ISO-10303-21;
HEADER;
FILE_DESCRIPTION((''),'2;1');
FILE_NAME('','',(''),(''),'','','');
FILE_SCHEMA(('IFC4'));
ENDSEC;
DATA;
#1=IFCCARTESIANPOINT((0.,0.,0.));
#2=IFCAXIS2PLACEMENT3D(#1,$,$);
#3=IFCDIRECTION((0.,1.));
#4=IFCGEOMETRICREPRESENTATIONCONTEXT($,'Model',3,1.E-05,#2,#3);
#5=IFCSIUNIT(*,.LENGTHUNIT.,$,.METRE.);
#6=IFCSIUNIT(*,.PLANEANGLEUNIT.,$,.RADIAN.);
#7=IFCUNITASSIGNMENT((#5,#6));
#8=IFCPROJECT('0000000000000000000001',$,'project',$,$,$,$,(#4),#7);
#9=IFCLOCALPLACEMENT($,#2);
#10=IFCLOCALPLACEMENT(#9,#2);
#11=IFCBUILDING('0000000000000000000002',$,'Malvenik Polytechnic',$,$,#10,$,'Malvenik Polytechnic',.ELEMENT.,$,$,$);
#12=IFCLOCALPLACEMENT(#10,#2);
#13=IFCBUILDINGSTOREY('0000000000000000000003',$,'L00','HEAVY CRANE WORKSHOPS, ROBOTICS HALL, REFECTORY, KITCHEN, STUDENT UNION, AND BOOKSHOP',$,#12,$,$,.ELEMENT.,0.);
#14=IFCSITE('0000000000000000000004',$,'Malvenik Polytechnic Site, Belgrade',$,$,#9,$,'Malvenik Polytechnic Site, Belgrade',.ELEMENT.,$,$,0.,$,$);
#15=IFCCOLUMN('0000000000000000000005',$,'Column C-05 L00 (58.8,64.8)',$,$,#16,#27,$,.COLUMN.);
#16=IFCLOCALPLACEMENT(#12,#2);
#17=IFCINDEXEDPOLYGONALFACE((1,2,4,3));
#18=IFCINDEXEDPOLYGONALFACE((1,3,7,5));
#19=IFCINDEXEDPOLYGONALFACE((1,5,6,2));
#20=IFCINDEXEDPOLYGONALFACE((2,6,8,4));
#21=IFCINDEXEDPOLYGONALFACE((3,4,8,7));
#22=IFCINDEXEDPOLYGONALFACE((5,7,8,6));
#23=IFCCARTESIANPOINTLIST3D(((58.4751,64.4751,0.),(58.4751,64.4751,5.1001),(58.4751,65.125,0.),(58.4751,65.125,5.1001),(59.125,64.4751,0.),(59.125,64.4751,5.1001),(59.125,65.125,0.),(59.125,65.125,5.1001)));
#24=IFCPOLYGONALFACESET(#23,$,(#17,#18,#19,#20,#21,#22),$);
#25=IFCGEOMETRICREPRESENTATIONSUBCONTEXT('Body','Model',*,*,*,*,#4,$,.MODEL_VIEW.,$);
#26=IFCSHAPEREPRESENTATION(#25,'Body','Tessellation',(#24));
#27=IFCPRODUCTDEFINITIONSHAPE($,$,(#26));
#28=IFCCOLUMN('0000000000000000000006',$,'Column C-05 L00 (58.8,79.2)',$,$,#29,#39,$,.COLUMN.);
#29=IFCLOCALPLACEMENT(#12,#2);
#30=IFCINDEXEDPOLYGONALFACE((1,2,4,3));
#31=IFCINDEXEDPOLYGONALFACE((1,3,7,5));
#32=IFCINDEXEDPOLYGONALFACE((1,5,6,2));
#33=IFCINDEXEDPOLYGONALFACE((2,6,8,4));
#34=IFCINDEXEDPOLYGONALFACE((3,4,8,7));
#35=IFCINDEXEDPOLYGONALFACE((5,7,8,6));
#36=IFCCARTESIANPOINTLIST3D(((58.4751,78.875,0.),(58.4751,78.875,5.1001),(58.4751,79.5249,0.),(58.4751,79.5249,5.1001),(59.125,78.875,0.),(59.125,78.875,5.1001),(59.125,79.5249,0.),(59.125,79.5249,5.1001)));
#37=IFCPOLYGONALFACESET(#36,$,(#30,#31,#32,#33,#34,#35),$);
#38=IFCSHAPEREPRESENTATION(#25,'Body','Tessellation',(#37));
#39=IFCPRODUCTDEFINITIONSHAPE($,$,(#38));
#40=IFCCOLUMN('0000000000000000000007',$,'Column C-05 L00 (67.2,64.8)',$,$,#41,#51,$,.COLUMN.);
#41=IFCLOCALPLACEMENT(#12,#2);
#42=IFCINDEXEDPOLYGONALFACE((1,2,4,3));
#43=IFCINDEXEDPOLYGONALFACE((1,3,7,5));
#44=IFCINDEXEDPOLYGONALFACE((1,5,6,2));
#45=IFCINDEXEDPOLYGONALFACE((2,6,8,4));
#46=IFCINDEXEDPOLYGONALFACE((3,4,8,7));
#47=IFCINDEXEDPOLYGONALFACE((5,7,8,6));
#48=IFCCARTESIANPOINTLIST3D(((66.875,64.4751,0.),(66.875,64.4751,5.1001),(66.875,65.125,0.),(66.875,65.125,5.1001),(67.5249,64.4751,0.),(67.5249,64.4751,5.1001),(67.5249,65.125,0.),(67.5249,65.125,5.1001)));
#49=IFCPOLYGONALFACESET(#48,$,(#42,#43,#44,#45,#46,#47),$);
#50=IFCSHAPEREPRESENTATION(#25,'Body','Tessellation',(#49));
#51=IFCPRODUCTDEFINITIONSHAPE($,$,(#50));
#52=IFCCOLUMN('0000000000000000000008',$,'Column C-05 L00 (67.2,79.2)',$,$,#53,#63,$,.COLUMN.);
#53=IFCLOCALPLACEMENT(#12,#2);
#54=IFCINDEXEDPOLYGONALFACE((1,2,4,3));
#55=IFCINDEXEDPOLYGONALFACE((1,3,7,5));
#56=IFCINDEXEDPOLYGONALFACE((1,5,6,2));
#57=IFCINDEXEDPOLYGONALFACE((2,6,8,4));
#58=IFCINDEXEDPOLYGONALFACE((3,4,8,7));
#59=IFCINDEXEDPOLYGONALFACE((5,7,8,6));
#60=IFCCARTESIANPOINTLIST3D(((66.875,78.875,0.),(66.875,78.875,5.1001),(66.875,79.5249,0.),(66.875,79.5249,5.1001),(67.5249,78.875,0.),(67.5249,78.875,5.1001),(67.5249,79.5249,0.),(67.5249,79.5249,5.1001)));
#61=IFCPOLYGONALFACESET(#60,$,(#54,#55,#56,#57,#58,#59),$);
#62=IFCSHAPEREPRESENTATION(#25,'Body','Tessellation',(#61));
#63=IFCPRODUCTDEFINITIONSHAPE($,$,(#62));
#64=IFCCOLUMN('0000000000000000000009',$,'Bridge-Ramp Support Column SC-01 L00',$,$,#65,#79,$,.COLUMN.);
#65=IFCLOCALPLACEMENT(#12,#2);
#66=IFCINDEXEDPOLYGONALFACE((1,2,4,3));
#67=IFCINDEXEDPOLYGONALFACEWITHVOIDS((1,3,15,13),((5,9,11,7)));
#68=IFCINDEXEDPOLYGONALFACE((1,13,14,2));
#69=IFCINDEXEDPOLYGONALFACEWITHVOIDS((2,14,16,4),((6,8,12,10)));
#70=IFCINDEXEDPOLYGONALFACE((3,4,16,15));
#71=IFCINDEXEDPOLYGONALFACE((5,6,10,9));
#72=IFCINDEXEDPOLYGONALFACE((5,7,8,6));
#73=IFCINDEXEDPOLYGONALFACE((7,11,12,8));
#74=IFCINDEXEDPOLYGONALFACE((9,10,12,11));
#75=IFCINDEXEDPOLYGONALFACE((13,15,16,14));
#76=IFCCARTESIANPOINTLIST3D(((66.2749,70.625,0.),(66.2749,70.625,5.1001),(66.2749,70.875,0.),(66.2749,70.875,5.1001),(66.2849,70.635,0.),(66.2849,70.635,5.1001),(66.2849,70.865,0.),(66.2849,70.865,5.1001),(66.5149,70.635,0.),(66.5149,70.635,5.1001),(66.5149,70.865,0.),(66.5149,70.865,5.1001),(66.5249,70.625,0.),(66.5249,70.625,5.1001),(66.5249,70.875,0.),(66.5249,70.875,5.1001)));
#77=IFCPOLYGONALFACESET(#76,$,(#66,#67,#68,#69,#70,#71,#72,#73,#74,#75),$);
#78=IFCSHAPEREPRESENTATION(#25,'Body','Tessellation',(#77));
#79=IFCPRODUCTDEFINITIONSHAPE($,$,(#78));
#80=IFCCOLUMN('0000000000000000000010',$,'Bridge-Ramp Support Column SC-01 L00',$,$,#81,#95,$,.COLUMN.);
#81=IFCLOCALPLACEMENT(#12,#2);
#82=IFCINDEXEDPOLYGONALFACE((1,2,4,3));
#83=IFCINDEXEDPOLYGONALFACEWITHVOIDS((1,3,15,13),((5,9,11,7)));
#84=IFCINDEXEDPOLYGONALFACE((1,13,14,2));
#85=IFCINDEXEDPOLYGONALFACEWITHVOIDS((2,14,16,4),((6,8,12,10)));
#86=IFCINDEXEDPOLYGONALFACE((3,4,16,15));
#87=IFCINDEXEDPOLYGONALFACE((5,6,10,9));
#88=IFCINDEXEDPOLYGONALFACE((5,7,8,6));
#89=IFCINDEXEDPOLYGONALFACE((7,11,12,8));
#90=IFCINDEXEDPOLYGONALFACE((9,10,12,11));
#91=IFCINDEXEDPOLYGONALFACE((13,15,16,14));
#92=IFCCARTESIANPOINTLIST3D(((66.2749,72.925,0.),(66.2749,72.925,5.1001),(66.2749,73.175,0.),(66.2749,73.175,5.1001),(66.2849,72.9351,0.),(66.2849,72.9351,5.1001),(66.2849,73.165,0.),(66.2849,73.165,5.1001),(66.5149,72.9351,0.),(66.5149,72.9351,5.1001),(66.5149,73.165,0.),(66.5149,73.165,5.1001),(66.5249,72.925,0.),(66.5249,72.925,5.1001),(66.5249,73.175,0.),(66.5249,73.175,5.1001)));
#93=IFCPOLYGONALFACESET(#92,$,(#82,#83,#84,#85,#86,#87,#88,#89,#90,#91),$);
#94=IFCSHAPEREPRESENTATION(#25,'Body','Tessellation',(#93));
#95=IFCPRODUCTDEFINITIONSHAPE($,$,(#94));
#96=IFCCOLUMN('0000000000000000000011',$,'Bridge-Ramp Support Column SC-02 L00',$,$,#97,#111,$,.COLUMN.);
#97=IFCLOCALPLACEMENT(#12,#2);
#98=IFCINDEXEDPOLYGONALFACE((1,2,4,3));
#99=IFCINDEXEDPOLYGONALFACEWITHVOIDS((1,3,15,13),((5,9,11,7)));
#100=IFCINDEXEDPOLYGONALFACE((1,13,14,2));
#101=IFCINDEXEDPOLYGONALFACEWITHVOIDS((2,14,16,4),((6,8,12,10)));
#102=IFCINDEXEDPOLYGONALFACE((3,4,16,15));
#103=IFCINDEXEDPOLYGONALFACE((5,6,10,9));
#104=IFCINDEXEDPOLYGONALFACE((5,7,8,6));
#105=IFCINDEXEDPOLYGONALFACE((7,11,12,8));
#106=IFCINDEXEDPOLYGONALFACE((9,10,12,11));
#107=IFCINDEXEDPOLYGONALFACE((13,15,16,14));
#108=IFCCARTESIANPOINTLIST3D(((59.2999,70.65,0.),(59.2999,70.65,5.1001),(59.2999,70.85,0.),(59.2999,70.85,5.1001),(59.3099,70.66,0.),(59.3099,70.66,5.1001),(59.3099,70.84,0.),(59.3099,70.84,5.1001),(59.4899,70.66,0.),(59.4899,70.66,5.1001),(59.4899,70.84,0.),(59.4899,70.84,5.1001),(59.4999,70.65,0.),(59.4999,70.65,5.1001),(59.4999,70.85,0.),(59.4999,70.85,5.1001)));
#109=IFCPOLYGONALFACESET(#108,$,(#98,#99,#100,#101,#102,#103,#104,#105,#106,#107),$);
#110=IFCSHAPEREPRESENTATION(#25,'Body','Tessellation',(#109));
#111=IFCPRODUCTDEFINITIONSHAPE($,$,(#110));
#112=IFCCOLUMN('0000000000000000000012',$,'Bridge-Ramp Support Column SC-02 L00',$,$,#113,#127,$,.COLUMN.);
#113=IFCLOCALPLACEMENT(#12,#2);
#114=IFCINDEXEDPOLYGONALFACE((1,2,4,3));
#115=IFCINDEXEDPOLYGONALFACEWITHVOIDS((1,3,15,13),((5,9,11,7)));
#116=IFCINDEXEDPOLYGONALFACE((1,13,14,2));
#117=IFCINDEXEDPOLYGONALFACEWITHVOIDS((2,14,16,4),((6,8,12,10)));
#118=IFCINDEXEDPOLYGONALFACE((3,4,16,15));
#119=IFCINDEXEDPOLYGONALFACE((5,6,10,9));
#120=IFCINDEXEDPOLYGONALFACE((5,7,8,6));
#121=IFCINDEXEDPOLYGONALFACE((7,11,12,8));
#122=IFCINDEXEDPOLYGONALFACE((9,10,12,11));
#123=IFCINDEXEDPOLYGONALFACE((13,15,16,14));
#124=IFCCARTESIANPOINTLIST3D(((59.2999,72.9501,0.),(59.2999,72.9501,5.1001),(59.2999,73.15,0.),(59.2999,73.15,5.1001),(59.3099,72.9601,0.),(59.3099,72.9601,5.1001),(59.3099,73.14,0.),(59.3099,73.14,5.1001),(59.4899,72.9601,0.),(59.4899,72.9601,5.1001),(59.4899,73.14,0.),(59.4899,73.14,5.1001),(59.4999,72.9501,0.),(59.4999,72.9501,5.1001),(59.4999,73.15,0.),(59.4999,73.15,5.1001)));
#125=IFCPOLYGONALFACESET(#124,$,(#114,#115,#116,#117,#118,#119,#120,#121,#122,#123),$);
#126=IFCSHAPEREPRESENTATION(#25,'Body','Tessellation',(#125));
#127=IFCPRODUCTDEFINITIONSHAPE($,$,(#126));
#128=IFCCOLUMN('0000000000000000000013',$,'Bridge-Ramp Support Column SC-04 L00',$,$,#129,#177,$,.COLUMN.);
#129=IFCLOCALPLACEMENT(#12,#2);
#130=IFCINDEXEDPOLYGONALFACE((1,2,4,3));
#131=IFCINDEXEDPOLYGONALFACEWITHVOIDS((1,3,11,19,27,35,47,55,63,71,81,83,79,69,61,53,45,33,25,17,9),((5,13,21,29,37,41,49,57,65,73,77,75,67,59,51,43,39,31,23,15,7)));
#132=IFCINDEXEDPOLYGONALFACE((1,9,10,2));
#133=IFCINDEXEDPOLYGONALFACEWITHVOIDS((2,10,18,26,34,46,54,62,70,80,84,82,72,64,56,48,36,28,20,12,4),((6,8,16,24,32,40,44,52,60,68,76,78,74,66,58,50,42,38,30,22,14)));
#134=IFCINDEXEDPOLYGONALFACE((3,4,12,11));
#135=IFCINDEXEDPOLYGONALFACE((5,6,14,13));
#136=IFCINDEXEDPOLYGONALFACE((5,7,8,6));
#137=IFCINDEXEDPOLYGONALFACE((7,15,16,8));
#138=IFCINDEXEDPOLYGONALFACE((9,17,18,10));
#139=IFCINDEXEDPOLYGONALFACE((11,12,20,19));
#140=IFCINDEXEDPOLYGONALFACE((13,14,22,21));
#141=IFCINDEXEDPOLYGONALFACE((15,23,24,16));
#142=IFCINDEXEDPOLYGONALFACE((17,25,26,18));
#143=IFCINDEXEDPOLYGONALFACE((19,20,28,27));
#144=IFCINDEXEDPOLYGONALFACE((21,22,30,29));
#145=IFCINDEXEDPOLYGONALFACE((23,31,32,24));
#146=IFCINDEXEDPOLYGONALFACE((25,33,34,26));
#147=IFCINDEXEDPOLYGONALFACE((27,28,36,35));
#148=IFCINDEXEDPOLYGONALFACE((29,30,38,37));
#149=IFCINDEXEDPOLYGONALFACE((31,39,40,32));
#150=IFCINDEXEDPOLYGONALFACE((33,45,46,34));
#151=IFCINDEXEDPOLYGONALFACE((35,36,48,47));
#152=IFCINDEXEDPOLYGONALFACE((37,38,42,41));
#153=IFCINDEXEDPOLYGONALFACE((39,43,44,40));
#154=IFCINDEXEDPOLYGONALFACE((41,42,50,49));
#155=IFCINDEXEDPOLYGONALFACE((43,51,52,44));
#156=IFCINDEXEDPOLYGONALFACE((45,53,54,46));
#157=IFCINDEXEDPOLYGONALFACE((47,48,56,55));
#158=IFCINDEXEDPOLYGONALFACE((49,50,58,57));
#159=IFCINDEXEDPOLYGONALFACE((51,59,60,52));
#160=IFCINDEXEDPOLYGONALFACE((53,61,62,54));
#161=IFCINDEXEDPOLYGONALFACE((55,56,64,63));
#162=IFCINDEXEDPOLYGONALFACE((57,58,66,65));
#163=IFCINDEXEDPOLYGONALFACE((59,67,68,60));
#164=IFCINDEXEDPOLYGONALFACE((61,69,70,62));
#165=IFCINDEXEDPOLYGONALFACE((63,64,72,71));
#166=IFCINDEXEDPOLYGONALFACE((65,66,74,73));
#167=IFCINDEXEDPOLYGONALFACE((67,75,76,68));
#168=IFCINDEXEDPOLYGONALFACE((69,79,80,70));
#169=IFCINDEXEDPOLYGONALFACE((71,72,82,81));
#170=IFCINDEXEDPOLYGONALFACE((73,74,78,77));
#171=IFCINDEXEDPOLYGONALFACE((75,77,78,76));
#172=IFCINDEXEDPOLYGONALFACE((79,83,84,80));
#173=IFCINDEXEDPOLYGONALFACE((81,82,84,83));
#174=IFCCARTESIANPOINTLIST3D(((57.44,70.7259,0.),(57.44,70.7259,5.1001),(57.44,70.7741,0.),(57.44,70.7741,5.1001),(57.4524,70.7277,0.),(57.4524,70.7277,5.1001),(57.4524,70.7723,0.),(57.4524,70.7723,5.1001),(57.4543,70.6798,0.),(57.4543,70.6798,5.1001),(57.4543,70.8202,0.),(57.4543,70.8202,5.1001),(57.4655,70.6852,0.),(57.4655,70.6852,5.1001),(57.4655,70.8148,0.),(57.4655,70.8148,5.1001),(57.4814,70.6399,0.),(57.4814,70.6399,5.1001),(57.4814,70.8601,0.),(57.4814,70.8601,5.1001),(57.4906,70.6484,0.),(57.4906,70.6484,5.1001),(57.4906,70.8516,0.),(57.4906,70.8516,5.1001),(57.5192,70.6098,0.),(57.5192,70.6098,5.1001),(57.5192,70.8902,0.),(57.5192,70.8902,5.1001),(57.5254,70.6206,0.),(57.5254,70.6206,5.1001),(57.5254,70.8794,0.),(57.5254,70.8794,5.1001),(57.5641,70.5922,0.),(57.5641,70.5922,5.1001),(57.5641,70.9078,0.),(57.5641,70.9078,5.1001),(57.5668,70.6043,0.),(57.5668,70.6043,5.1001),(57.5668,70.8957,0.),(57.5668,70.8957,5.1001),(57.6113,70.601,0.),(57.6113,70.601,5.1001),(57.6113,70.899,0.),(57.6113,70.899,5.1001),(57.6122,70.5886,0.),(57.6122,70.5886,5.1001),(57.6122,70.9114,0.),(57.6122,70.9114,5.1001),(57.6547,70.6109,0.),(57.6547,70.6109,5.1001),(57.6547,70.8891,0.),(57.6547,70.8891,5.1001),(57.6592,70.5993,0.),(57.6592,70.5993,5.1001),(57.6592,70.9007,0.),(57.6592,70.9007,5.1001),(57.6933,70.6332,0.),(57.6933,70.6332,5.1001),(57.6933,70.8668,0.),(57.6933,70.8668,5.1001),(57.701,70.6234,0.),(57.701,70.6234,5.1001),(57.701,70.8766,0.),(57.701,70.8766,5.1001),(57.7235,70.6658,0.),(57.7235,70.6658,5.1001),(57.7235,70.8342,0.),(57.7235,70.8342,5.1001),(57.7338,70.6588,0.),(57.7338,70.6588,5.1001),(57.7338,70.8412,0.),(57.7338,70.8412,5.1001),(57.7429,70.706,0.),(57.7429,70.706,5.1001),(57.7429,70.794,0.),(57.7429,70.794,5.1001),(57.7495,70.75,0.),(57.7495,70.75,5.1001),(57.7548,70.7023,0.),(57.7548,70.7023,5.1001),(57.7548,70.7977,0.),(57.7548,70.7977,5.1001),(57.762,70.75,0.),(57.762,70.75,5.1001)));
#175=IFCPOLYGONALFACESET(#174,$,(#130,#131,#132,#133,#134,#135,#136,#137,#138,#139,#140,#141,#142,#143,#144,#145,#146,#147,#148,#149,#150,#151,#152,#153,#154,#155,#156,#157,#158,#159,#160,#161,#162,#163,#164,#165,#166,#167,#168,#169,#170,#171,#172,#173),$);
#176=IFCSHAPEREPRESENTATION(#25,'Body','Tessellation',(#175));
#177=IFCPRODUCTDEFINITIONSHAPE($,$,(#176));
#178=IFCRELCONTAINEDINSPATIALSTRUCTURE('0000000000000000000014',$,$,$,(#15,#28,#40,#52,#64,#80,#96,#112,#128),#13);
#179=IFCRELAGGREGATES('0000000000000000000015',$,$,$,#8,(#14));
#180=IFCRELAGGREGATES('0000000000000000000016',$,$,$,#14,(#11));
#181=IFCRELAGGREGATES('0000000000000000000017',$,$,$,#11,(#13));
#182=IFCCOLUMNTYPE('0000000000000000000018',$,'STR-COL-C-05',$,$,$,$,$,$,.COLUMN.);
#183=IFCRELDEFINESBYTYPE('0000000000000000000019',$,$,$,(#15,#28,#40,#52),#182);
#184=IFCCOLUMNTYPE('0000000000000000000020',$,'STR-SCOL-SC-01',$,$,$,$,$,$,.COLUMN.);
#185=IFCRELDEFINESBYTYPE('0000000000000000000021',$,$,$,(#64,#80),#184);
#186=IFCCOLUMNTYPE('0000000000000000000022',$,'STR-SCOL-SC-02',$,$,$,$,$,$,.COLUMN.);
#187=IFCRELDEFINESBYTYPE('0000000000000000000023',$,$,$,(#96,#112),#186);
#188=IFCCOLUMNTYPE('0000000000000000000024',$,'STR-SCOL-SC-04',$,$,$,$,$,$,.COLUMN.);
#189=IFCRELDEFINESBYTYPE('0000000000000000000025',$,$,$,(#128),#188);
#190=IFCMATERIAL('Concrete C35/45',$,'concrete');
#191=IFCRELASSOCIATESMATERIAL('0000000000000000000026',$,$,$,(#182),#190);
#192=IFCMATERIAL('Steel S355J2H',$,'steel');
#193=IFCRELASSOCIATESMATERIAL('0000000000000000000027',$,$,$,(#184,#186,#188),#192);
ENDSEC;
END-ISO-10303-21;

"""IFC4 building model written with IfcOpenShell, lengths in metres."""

from ifc_helpers import new_model, si_unit, direction, frame, origin, origin_2d, place, context, subcontext, project, spatial, rectangle, hollow_rectangle, hollow_circle, extrude, material, material_profile, profile_set, type_object, element, save


model = new_model("IFC4")

# Units and contexts
model_context = context("Model", 3, precision=1e-05, world=origin(), true_north=direction((0.0, 1.0)))
body_context = subcontext(model_context, "Body", "Model", "MODEL_VIEW")
ifc_project = project(units=[si_unit("LENGTHUNIT", "METRE"), si_unit("PLANEANGLEUNIT", "RADIAN")], contexts=[model_context])

# Site, building, storey
site_placement = place(None, origin())
site = spatial("IfcSite", under=ifc_project, at=site_placement, Name="Malvenik Polytechnic Site, Belgrade", LongName="Malvenik Polytechnic Site, Belgrade", CompositionType="ELEMENT", RefElevation=0.0)
building_placement = place(site_placement, origin())
building = spatial("IfcBuilding", under=site, at=building_placement, Name="Malvenik Polytechnic", LongName="Malvenik Polytechnic", CompositionType="ELEMENT")
storey_placement = place(building_placement, origin())
storey = spatial("IfcBuildingStorey", under=building, at=storey_placement, Name="L00", Description="HEAVY CRANE WORKSHOPS, ROBOTICS HALL, REFECTORY, KITCHEN, STUDENT UNION, AND BOOKSHOP", CompositionType="ELEMENT", Elevation=0.0)

# Columns
ifc_material_1 = material(Name="Concrete C35/45", Category="concrete")
ifc_material_profile_1 = material_profile(ifc_material_1, rectangle(XDim=0.6499, YDim=0.6499, at=origin_2d()), Name="RC COL 650x650")
ifc_profile_set_1 = profile_set([ifc_material_profile_1], Name="Concrete C35/45")
column_type_1 = type_object("IfcColumnType", Name="STR-COL-C-05", PredefinedType="COLUMN", material=ifc_profile_set_1)
for number, where, z_axis, x_axis, name in (
    (1, (58.8, 64.8, 0.0), (0.0, 0.0, 1.0), (1.0, 0.0, 0.0), "Column C-05 L00 (58.8,64.8)"),
    (2, (58.8, 79.2, 0.0), (0.0, 0.0, 1.0), (1.0, 0.0, 0.0), "Column C-05 L00 (58.8,79.2)"),
    (3, (67.2, 64.8, 0.0), (0.0, 0.0, 1.0), (1.0, 0.0, 0.0), "Column C-05 L00 (67.2,64.8)"),
    (4, (67.2, 79.2, 0.0), (0.0, 0.0, 1.0), (1.0, 0.0, 0.0), "Column C-05 L00 (67.2,79.2)"),
):
    element("IfcColumn", number, at=place(storey_placement, frame(where, z_axis=z_axis, x_axis=x_axis)), inside=storey, type_object=column_type_1, Name=name, PredefinedType="COLUMN", context=body_context, shape_type="SweptSolid", body=[
        extrude(rectangle(XDim=0.6499, YDim=0.6499, at=origin_2d()), origin(), (0.0, 0.0, 1.0), 5.1001),
    ])
ifc_material_2 = material(Name="Steel S355J2H", Category="steel")
ifc_material_profile_2 = material_profile(ifc_material_2, hollow_rectangle(XDim=0.25, YDim=0.25, WallThickness=0.01, at=origin_2d()), Name="SHS 250x250x10.0")
ifc_profile_set_2 = profile_set([ifc_material_profile_2], Name="Steel S355J2H")
column_type_2 = type_object("IfcColumnType", Name="STR-SCOL-SC-01", PredefinedType="COLUMN", material=ifc_profile_set_2)
for number, where, z_axis, x_axis, name in (
    (5, (66.3999, 70.75, 0.0), (0.0, 0.0, 1.0), (1.0, 0.0, 0.0), "Bridge-Ramp Support Column SC-01 L00"),
    (6, (66.3999, 73.05, 0.0), (0.0, 0.0, 1.0), (1.0, 0.0, 0.0), "Bridge-Ramp Support Column SC-01 L00"),
):
    element("IfcColumn", number, at=place(storey_placement, frame(where, z_axis=z_axis, x_axis=x_axis)), inside=storey, type_object=column_type_2, Name=name, PredefinedType="COLUMN", context=body_context, shape_type="SweptSolid", body=[
        extrude(hollow_rectangle(XDim=0.25, YDim=0.25, WallThickness=0.01, at=origin_2d()), origin(), (0.0, 0.0, 1.0), 5.1001),
    ])
ifc_material_profile_3 = material_profile(ifc_material_2, hollow_rectangle(XDim=0.2, YDim=0.2, WallThickness=0.01, at=origin_2d()), Name="SHS 200x200x10.0")
ifc_profile_set_3 = profile_set([ifc_material_profile_3], Name="Steel S355J2H")
column_type_3 = type_object("IfcColumnType", Name="STR-SCOL-SC-02", PredefinedType="COLUMN", material=ifc_profile_set_3)
for number, where, z_axis, x_axis, name in (
    (7, (59.3999, 70.75, 0.0), (0.0, 0.0, 1.0), (1.0, 0.0, 0.0), "Bridge-Ramp Support Column SC-02 L00"),
    (8, (59.3999, 73.05, 0.0), (0.0, 0.0, 1.0), (1.0, 0.0, 0.0), "Bridge-Ramp Support Column SC-02 L00"),
):
    element("IfcColumn", number, at=place(storey_placement, frame(where, z_axis=z_axis, x_axis=x_axis)), inside=storey, type_object=column_type_3, Name=name, PredefinedType="COLUMN", context=body_context, shape_type="SweptSolid", body=[
        extrude(hollow_rectangle(XDim=0.2, YDim=0.2, WallThickness=0.01, at=origin_2d()), origin(), (0.0, 0.0, 1.0), 5.1001),
    ])
ifc_material_profile_4 = material_profile(ifc_material_2, hollow_circle(Radius=0.1619, WallThickness=0.0125, at=origin_2d()), Name="CHS 323.9x12.5")
ifc_profile_set_4 = profile_set([ifc_material_profile_4], Name="Steel S355J2H")
column_type_4 = type_object("IfcColumnType", Name="STR-SCOL-SC-04", PredefinedType="COLUMN", material=ifc_profile_set_4)
for number, where, z_axis, x_axis, name in (
    (9, (57.6001, 70.75, 0.0), (0.0, 0.0, 1.0), (1.0, 0.0, 0.0), "Bridge-Ramp Support Column SC-04 L00"),
):
    element("IfcColumn", number, at=place(storey_placement, frame(where, z_axis=z_axis, x_axis=x_axis)), inside=storey, type_object=column_type_4, Name=name, PredefinedType="COLUMN", context=body_context, shape_type="SweptSolid", body=[
        extrude(hollow_circle(Radius=0.1619, WallThickness=0.0125, at=origin_2d()), origin(), (0.0, 0.0, 1.0), 5.1001),
    ])

save(model, "model.ifc")
